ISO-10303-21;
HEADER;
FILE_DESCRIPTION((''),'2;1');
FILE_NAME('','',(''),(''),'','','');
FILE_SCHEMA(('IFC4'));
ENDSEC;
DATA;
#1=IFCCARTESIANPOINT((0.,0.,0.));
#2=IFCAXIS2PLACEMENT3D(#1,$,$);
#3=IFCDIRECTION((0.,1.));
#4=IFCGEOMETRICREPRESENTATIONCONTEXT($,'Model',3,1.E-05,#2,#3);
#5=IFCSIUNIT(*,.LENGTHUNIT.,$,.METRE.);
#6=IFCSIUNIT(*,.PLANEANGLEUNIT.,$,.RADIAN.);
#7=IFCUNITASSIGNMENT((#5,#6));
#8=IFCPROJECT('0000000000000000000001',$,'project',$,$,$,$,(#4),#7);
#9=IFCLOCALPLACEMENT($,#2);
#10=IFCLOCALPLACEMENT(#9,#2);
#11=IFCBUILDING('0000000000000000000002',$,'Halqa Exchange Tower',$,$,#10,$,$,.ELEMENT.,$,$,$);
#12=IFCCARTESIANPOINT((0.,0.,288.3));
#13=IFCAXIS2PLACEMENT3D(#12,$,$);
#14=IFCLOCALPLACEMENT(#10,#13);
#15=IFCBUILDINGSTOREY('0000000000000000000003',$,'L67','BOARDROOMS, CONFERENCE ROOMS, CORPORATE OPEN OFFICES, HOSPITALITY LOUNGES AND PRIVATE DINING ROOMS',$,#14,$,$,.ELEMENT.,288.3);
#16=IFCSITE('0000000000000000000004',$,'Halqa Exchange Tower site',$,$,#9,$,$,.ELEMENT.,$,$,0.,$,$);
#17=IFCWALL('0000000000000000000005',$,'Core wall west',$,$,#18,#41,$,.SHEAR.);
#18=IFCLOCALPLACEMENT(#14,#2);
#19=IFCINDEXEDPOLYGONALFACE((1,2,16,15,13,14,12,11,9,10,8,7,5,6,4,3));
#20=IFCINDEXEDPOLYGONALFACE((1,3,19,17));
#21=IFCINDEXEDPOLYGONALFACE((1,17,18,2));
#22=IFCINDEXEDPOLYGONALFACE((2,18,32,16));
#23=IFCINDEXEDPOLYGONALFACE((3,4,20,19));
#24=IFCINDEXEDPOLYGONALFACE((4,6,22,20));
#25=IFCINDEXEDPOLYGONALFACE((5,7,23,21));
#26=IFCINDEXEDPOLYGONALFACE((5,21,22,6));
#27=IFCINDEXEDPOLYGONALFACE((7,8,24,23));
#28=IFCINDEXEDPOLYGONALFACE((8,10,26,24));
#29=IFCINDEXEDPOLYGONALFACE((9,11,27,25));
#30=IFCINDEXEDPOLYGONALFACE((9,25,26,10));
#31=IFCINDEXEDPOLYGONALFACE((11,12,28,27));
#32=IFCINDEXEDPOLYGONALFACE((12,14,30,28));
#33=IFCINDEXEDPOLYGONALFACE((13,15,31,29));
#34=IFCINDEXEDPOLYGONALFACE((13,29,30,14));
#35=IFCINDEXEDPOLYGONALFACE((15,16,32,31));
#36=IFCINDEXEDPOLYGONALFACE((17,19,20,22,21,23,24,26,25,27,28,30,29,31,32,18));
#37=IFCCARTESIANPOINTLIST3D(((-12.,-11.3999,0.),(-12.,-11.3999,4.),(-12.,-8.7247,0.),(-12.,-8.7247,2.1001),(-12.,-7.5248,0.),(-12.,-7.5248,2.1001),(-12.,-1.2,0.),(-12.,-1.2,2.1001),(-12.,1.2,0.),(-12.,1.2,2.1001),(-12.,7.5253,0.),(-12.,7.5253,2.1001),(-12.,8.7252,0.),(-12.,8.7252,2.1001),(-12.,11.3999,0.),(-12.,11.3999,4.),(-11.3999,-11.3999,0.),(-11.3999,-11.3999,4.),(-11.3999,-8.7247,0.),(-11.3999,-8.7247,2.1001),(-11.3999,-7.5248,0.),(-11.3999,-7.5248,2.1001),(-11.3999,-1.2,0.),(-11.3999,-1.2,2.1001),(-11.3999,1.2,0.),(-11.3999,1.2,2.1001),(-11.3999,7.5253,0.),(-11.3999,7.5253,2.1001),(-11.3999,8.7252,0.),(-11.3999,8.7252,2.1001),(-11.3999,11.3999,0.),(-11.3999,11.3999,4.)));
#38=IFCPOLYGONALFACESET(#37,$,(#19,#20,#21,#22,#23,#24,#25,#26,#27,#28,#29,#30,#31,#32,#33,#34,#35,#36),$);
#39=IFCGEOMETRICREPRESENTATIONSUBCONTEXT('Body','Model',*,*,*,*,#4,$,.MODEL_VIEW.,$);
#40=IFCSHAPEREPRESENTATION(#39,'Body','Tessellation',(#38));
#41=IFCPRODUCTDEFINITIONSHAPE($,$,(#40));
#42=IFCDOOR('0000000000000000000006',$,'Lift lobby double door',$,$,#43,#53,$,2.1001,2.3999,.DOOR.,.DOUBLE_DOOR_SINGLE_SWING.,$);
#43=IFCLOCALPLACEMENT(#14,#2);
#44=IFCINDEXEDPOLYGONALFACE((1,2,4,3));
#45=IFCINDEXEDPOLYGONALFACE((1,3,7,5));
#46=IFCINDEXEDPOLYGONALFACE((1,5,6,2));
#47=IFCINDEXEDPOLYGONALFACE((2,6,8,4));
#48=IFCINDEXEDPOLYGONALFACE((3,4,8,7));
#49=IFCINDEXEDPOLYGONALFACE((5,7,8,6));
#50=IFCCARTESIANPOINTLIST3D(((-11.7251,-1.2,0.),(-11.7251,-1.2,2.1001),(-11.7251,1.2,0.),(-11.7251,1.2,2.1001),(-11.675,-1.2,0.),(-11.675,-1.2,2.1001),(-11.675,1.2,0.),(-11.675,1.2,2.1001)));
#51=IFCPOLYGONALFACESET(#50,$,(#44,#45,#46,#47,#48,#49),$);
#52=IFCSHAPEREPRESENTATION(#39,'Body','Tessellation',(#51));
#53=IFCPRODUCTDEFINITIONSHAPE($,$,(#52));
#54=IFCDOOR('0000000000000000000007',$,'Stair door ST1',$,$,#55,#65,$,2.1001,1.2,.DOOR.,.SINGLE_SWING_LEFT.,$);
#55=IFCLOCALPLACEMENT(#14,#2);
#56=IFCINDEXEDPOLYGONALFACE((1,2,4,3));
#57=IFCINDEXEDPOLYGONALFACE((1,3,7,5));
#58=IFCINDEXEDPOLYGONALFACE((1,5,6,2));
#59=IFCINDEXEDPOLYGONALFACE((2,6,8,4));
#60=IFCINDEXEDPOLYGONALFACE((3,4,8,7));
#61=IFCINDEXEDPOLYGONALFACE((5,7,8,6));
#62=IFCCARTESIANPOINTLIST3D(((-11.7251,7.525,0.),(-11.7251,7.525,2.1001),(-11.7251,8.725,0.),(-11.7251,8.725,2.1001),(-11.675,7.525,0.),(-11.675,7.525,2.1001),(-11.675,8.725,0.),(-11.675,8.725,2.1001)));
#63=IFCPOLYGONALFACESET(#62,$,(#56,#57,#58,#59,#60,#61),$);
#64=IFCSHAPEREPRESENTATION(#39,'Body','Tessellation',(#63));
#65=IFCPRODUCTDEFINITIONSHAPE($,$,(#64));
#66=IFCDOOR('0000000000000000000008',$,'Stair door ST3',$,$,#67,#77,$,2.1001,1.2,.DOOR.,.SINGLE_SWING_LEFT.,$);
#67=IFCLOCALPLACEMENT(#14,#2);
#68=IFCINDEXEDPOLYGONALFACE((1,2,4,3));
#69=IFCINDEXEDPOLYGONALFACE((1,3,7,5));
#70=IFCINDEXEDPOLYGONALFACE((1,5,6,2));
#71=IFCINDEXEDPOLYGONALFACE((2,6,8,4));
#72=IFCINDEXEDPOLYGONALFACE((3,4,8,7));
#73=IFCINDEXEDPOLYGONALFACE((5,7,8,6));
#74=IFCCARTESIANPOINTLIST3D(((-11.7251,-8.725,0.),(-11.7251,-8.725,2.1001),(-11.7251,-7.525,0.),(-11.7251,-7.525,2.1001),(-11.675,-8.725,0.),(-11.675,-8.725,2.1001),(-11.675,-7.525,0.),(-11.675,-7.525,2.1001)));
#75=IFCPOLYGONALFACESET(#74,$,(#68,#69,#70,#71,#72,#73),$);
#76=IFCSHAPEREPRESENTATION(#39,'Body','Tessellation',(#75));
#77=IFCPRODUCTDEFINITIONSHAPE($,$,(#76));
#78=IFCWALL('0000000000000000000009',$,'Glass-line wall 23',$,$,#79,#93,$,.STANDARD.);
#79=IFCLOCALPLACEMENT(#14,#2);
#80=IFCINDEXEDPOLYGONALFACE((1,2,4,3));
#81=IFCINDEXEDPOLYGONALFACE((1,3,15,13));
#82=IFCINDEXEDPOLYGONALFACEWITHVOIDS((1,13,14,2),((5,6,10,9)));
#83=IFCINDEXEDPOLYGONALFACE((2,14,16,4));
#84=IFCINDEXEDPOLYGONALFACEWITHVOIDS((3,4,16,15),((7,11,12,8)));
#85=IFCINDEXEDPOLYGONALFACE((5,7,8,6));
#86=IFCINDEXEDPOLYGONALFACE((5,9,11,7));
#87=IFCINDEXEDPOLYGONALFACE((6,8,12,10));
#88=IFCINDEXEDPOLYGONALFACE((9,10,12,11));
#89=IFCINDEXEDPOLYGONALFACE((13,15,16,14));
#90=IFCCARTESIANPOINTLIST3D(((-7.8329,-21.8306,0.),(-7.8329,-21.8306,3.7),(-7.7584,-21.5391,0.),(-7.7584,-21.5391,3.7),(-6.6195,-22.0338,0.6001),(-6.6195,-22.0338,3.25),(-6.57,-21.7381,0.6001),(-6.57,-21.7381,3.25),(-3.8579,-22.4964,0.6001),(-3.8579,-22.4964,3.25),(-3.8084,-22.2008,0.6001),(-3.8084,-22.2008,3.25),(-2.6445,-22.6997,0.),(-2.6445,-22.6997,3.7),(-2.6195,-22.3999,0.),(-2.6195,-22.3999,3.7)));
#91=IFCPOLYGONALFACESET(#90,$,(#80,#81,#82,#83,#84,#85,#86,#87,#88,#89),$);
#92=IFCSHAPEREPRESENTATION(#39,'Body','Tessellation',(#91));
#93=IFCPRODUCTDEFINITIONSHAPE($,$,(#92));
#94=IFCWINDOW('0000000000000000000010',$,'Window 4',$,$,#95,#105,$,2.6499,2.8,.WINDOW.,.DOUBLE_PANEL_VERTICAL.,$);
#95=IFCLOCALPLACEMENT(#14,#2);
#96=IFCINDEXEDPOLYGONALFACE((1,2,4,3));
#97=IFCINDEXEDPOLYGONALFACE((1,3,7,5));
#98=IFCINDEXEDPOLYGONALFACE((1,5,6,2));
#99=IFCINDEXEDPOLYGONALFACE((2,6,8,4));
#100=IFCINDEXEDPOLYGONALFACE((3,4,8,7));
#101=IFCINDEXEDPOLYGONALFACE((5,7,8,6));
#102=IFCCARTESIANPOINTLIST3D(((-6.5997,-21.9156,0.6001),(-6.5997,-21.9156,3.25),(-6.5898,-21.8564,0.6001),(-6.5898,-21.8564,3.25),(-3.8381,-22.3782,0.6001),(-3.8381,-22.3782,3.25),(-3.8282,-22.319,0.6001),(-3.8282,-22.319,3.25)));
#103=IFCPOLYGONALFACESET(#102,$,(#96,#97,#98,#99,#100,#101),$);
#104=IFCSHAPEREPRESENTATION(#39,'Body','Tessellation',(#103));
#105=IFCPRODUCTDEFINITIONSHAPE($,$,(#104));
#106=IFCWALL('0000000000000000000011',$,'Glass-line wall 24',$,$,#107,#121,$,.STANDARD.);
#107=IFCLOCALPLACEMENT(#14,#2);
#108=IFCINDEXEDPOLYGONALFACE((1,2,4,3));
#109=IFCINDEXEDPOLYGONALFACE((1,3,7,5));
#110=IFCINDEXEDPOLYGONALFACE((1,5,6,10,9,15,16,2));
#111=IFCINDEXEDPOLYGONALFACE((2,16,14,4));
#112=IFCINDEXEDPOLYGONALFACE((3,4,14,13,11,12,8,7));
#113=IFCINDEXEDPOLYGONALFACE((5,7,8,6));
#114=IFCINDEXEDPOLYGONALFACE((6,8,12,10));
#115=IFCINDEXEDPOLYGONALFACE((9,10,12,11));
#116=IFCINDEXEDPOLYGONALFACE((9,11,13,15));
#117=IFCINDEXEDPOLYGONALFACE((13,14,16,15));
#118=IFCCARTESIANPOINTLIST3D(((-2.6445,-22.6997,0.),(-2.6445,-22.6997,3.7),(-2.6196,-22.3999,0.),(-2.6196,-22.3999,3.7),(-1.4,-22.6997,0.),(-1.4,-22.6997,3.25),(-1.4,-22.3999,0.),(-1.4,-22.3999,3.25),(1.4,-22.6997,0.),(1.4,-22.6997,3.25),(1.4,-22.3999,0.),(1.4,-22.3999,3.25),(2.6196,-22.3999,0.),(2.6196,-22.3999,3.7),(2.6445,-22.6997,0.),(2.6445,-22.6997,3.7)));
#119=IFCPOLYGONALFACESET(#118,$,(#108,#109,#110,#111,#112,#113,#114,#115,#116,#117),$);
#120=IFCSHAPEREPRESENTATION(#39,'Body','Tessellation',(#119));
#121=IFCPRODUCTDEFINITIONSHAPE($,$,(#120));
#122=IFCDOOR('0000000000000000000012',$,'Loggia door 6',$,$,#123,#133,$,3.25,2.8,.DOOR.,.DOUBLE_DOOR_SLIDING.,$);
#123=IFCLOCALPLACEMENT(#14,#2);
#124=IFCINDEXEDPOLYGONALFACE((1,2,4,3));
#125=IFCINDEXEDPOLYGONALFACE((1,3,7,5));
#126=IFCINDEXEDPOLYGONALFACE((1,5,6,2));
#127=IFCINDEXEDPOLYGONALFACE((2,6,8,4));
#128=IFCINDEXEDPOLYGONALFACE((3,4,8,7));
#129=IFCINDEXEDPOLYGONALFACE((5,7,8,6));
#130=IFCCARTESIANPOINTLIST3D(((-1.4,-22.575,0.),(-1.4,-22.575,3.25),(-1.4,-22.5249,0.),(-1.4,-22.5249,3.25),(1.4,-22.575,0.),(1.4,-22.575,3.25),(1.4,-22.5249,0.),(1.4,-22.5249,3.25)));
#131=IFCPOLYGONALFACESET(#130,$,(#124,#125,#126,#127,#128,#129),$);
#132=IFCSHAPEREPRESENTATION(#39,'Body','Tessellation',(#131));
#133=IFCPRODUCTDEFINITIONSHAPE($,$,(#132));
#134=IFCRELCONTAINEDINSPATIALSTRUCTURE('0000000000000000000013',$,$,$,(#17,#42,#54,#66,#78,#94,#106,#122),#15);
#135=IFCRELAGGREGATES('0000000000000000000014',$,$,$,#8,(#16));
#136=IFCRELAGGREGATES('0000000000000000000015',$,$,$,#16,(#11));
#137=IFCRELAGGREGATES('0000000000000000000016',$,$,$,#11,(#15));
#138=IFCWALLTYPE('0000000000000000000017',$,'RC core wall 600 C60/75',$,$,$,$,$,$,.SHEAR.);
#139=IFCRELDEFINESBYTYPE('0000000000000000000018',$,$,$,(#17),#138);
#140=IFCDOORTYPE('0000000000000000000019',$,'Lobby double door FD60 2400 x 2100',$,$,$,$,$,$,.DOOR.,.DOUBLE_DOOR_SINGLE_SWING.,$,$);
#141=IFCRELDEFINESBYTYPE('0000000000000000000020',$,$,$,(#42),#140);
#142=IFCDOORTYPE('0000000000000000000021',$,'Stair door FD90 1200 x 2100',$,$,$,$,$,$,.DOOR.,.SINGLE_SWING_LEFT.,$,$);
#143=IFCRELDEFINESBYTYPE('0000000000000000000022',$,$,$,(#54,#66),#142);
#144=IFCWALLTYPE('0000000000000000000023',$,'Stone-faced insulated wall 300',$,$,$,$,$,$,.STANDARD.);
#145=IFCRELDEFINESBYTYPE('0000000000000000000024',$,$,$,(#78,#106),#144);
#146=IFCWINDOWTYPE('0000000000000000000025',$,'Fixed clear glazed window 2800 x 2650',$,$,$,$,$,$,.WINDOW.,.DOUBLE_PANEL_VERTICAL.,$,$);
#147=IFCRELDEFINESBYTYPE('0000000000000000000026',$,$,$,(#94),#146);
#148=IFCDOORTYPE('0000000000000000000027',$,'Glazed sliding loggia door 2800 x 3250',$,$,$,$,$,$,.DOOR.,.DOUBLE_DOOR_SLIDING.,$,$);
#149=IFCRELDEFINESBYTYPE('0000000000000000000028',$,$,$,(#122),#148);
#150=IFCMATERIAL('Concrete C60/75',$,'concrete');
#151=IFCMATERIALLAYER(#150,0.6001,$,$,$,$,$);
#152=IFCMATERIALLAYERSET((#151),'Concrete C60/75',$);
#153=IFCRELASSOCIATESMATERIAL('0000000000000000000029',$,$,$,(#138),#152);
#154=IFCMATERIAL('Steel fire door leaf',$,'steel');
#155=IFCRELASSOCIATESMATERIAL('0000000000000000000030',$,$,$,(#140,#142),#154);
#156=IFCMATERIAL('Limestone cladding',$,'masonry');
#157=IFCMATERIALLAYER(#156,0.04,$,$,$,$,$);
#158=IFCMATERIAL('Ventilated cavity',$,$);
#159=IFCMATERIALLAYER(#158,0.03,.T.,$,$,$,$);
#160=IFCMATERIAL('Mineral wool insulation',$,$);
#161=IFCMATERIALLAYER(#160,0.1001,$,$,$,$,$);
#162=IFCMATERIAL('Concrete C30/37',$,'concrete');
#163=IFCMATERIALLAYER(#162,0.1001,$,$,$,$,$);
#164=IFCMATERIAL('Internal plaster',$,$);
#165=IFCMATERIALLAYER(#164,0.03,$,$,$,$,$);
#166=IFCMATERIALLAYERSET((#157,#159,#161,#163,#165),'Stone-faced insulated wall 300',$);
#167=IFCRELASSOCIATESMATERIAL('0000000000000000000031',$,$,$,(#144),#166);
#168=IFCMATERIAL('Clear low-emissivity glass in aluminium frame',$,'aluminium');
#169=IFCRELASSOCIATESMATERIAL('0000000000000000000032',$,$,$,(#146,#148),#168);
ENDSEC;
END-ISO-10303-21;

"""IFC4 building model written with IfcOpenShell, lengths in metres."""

from ifc_helpers import new_model, si_unit, direction, frame, frame_2d, origin, place, context, subcontext, project, spatial, polyline, rectangle, outline, extrude, material, layer, layer_set, type_object, element, fill, save


model = new_model("IFC4")

# Units and contexts
model_context = context("Model", 3, precision=1e-05, world=origin(), true_north=direction((0.0, 1.0)))
body_context = subcontext(model_context, "Body", "Model", "MODEL_VIEW")
ifc_project = project(units=[si_unit("LENGTHUNIT", "METRE"), si_unit("PLANEANGLEUNIT", "RADIAN")], contexts=[model_context])

# Site, building, storey
site_placement = place(None, origin())
site = spatial("IfcSite", under=ifc_project, at=site_placement, Name="Halqa Exchange Tower site", CompositionType="ELEMENT", RefElevation=0.0)
building_placement = place(site_placement, origin())
building = spatial("IfcBuilding", under=site, at=building_placement, Name="Halqa Exchange Tower", CompositionType="ELEMENT")
storey_placement = place(building_placement, frame((0.0, 0.0, 288.3)))
storey = spatial("IfcBuildingStorey", under=building, at=storey_placement, Name="L67", Description="BOARDROOMS, CONFERENCE ROOMS, CORPORATE OPEN OFFICES, HOSPITALITY LOUNGES AND PRIVATE DINING ROOMS", CompositionType="ELEMENT", Elevation=288.3)

# Shared definitions
ifc_material_1 = material(Name="Concrete C60/75", Category="concrete")

# Wall, openings, doors
ifc_layer_1 = layer(ifc_material_1, 0.6001)
ifc_layer_set_1 = layer_set([ifc_layer_1], Name="Concrete C60/75")
wall_type_1 = type_object("IfcWallType", Name="RC core wall 600 C60/75", PredefinedType="SHEAR", material=ifc_layer_set_1)
wall_1_placement = place(storey_placement, frame((-11.7, -11.3999, 0.0), z_axis=(0.0, 0.0, 1.0), x_axis=(0.0, 1.0, 0.0)))
wall_1 = element("IfcWall", 1, at=wall_1_placement, inside=storey, type_object=wall_type_1, Name="Core wall west", PredefinedType="SHEAR", context=body_context, shape_type="SweptSolid", body=[
    extrude(rectangle(XDim=22.7998, YDim=0.6001, at=frame_2d((11.3999, 0.0))), origin(), (0.0, 0.0, 1.0), 4.0),
])
opening_1_placement = place(wall_1_placement, frame((10.2, 0.0, 0.0)))
opening_1 = element("IfcOpeningElement", 2, at=opening_1_placement, cuts=wall_1, PredefinedType="OPENING", context=body_context, shape_type="SweptSolid", body=[
    extrude(rectangle(XDim=2.3999, YDim=2.1001, at=frame_2d((1.2, 1.05))), frame((0.0, 0.312, 0.0), z_axis=(0.0, -1.0, 0.0), x_axis=(1.0, 0.0, 0.0)), (0.0, 0.0, 1.0), 0.624),
])
opening_2_placement = place(wall_1_placement, frame((18.925, 0.0, 0.0)))
opening_2 = element("IfcOpeningElement", 3, at=opening_2_placement, cuts=wall_1, PredefinedType="OPENING", context=body_context, shape_type="SweptSolid", body=[
    extrude(rectangle(XDim=1.2, YDim=2.1001, at=frame_2d((0.6001, 1.05))), frame((0.0, 0.312, 0.0), z_axis=(0.0, -1.0, 0.0), x_axis=(1.0, 0.0, 0.0)), (0.0, 0.0, 1.0), 0.624),
])
opening_3_placement = place(wall_1_placement, frame((2.675, 0.0, 0.0)))
opening_3 = element("IfcOpeningElement", 4, at=opening_3_placement, cuts=wall_1, PredefinedType="OPENING", context=body_context, shape_type="SweptSolid", body=[
    extrude(rectangle(XDim=1.2, YDim=2.1001, at=frame_2d((0.6001, 1.05))), frame((0.0, 0.312, 0.0), z_axis=(0.0, -1.0, 0.0), x_axis=(1.0, 0.0, 0.0)), (0.0, 0.0, 1.0), 0.624),
])
ifc_material_2 = material(Name="Steel fire door leaf", Category="steel")
door_type_1 = type_object("IfcDoorType", Name="Lobby double door FD60 2400 x 2100", OperationType="DOUBLE_DOOR_SINGLE_SWING", PredefinedType="DOOR", material=ifc_material_2)
door_1_placement = place(opening_1_placement, frame((2.3999, 0.0, 0.0), z_axis=(0.0, 0.0, 1.0), x_axis=(-1.0, 0.0, 0.0)))
door_1 = element("IfcDoor", 5, at=door_1_placement, inside=storey, type_object=door_type_1, Name="Lift lobby double door", OperationType="DOUBLE_DOOR_SINGLE_SWING", OverallHeight=2.1001, OverallWidth=2.3999, PredefinedType="DOOR", context=body_context, shape_type="SweptSolid", body=[
    extrude(rectangle(XDim=2.3999, YDim=2.1001, at=frame_2d((1.2, 1.05))), frame((0.0, 0.0249, 0.0), z_axis=(0.0, -1.0, 0.0), x_axis=(1.0, 0.0, 0.0)), (0.0, 0.0, 1.0), 0.05),
])
fill(opening_1, door_1)
door_type_2 = type_object("IfcDoorType", Name="Stair door FD90 1200 x 2100", OperationType="SINGLE_SWING_LEFT", PredefinedType="DOOR", material=ifc_material_2)
door_2_placement = place(opening_2_placement, frame((1.2, 0.0, 0.0), z_axis=(0.0, 0.0, 1.0), x_axis=(-1.0, 0.0, 0.0)))
door_2 = element("IfcDoor", 6, at=door_2_placement, inside=storey, type_object=door_type_2, Name="Stair door ST1", OperationType="SINGLE_SWING_LEFT", OverallHeight=2.1001, OverallWidth=1.2, PredefinedType="DOOR", context=body_context, shape_type="SweptSolid", body=[
    extrude(rectangle(XDim=1.2, YDim=2.1001, at=frame_2d((0.6001, 1.05))), frame((0.0, 0.0249, 0.0), z_axis=(0.0, -1.0, 0.0), x_axis=(1.0, 0.0, 0.0)), (0.0, 0.0, 1.0), 0.05),
])
fill(opening_2, door_2)
door_3_placement = place(opening_3_placement, frame((1.2, 0.0, 0.0), z_axis=(0.0, 0.0, 1.0), x_axis=(-1.0, 0.0, 0.0)))
door_3 = element("IfcDoor", 7, at=door_3_placement, inside=storey, type_object=door_type_2, Name="Stair door ST3", OperationType="SINGLE_SWING_LEFT", OverallHeight=2.1001, OverallWidth=1.2, PredefinedType="DOOR", context=body_context, shape_type="SweptSolid", body=[
    extrude(rectangle(XDim=1.2, YDim=2.1001, at=frame_2d((0.6001, 1.05))), frame((0.0, 0.0249, 0.0), z_axis=(0.0, -1.0, 0.0), x_axis=(1.0, 0.0, 0.0)), (0.0, 0.0, 1.0), 0.05),
])
fill(opening_3, door_3)

# Wall, opening, window
ifc_material_3 = material(Name="Limestone cladding", Category="masonry")
ifc_layer_2 = layer(ifc_material_3, 0.04)
ifc_material_4 = material(Name="Ventilated cavity")
ifc_layer_3 = layer(ifc_material_4, 0.03, ventilated=True)
ifc_material_5 = material(Name="Mineral wool insulation")
ifc_layer_4 = layer(ifc_material_5, 0.1001)
ifc_material_6 = material(Name="Concrete C30/37", Category="concrete")
ifc_layer_5 = layer(ifc_material_6, 0.1001)
ifc_material_7 = material(Name="Internal plaster")
ifc_layer_6 = layer(ifc_material_7, 0.03)
ifc_layer_set_2 = layer_set([ifc_layer_2, ifc_layer_3, ifc_layer_4, ifc_layer_5, ifc_layer_6], Name="Stone-faced insulated wall 300")
wall_type_2 = type_object("IfcWallType", Name="Stone-faced insulated wall 300", PredefinedType="STANDARD", material=ifc_layer_set_2)
wall_2_placement = place(storey_placement, frame((-7.7957, -21.6848, 0.0), z_axis=(0.0, 0.0, 1.0), x_axis=(0.986257, -0.165216, 0.0)))
wall_2 = element("IfcWall", 8, at=wall_2_placement, inside=storey, type_object=wall_type_2, Name="Glass-line wall 23", PredefinedType="STANDARD", context=body_context, shape_type="SweptSolid", body=[
    extrude(outline(polyline([(-0.0127, -0.1499), (5.248, -0.1499), (5.2231, 0.1499), (0.0127, 0.1499), (-0.0127, -0.1499)])), origin(), (0.0, 0.0, 1.0), 3.7),
])
opening_4_placement = place(wall_2_placement, frame((1.2178, 0.0, 0.6001)))
opening_4 = element("IfcOpeningElement", 9, at=opening_4_placement, cuts=wall_2, PredefinedType="OPENING", context=body_context, shape_type="SweptSolid", body=[
    extrude(rectangle(XDim=2.8, YDim=2.6499, at=frame_2d((1.3999, 1.325))), frame((0.0, 0.1621, 0.0), z_axis=(0.0, -1.0, 0.0), x_axis=(1.0, 0.0, 0.0)), (0.0, 0.0, 1.0), 0.324),
])
ifc_material_8 = material(Name="Clear low-emissivity glass in aluminium frame", Category="aluminium")
window_type = type_object("IfcWindowType", Name="Fixed clear glazed window 2800 x 2650", PartitioningType="DOUBLE_PANEL_VERTICAL", PredefinedType="WINDOW", material=ifc_material_8)
window_placement = place(opening_4_placement, origin())
window = element("IfcWindow", 10, at=window_placement, inside=storey, type_object=window_type, Name="Window 4", OverallHeight=2.6499, OverallWidth=2.8, PartitioningType="DOUBLE_PANEL_VERTICAL", PredefinedType="WINDOW", context=body_context, shape_type="SweptSolid", body=[
    extrude(rectangle(XDim=2.8, YDim=2.6499, at=frame_2d((1.3999, 1.325))), frame((0.0, 0.03, 0.0), z_axis=(0.0, -1.0, 0.0), x_axis=(1.0, 0.0, 0.0)), (0.0, 0.0, 1.0), 0.0601),
])
fill(opening_4, window)

# Wall, opening, door
wall_3_placement = place(storey_placement, frame((-2.6321, -22.5498, 0.0), z_axis=(0.0, 0.0, 1.0), x_axis=(1.0, 0.0, 0.0)))
wall_3 = element("IfcWall", 11, at=wall_3_placement, inside=storey, type_object=wall_type_2, Name="Glass-line wall 24", PredefinedType="STANDARD", context=body_context, shape_type="SweptSolid", body=[
    extrude(outline(polyline([(-0.0125, -0.1499), (5.2766, -0.1499), (5.2517, 0.1499), (0.0125, 0.1499), (-0.0125, -0.1499)])), origin(), (0.0, 0.0, 1.0), 3.7),
])
opening_5_placement = place(wall_3_placement, frame((1.2322, 0.0, 0.0)))
opening_5 = element("IfcOpeningElement", 12, at=opening_5_placement, cuts=wall_3, PredefinedType="OPENING", context=body_context, shape_type="SweptSolid", body=[
    extrude(rectangle(XDim=2.8, YDim=3.25, at=frame_2d((1.3999, 1.625))), frame((0.0, 0.1621, 0.0), z_axis=(0.0, -1.0, 0.0), x_axis=(1.0, 0.0, 0.0)), (0.0, 0.0, 1.0), 0.324),
])
door_type_3 = type_object("IfcDoorType", Name="Glazed sliding loggia door 2800 x 3250", OperationType="DOUBLE_DOOR_SLIDING", PredefinedType="DOOR", material=ifc_material_8)
door_4_placement = place(opening_5_placement, origin())
door_4 = element("IfcDoor", 13, at=door_4_placement, inside=storey, type_object=door_type_3, Name="Loggia door 6", OperationType="DOUBLE_DOOR_SLIDING", OverallHeight=3.25, OverallWidth=2.8, PredefinedType="DOOR", context=body_context, shape_type="SweptSolid", body=[
    extrude(rectangle(XDim=2.8, YDim=3.25, at=frame_2d((1.3999, 1.625))), frame((0.0, 0.0249, 0.0), z_axis=(0.0, -1.0, 0.0), x_axis=(1.0, 0.0, 0.0)), (0.0, 0.0, 1.0), 0.05),
])
fill(opening_5, door_4)

save(model, "model.ifc")
